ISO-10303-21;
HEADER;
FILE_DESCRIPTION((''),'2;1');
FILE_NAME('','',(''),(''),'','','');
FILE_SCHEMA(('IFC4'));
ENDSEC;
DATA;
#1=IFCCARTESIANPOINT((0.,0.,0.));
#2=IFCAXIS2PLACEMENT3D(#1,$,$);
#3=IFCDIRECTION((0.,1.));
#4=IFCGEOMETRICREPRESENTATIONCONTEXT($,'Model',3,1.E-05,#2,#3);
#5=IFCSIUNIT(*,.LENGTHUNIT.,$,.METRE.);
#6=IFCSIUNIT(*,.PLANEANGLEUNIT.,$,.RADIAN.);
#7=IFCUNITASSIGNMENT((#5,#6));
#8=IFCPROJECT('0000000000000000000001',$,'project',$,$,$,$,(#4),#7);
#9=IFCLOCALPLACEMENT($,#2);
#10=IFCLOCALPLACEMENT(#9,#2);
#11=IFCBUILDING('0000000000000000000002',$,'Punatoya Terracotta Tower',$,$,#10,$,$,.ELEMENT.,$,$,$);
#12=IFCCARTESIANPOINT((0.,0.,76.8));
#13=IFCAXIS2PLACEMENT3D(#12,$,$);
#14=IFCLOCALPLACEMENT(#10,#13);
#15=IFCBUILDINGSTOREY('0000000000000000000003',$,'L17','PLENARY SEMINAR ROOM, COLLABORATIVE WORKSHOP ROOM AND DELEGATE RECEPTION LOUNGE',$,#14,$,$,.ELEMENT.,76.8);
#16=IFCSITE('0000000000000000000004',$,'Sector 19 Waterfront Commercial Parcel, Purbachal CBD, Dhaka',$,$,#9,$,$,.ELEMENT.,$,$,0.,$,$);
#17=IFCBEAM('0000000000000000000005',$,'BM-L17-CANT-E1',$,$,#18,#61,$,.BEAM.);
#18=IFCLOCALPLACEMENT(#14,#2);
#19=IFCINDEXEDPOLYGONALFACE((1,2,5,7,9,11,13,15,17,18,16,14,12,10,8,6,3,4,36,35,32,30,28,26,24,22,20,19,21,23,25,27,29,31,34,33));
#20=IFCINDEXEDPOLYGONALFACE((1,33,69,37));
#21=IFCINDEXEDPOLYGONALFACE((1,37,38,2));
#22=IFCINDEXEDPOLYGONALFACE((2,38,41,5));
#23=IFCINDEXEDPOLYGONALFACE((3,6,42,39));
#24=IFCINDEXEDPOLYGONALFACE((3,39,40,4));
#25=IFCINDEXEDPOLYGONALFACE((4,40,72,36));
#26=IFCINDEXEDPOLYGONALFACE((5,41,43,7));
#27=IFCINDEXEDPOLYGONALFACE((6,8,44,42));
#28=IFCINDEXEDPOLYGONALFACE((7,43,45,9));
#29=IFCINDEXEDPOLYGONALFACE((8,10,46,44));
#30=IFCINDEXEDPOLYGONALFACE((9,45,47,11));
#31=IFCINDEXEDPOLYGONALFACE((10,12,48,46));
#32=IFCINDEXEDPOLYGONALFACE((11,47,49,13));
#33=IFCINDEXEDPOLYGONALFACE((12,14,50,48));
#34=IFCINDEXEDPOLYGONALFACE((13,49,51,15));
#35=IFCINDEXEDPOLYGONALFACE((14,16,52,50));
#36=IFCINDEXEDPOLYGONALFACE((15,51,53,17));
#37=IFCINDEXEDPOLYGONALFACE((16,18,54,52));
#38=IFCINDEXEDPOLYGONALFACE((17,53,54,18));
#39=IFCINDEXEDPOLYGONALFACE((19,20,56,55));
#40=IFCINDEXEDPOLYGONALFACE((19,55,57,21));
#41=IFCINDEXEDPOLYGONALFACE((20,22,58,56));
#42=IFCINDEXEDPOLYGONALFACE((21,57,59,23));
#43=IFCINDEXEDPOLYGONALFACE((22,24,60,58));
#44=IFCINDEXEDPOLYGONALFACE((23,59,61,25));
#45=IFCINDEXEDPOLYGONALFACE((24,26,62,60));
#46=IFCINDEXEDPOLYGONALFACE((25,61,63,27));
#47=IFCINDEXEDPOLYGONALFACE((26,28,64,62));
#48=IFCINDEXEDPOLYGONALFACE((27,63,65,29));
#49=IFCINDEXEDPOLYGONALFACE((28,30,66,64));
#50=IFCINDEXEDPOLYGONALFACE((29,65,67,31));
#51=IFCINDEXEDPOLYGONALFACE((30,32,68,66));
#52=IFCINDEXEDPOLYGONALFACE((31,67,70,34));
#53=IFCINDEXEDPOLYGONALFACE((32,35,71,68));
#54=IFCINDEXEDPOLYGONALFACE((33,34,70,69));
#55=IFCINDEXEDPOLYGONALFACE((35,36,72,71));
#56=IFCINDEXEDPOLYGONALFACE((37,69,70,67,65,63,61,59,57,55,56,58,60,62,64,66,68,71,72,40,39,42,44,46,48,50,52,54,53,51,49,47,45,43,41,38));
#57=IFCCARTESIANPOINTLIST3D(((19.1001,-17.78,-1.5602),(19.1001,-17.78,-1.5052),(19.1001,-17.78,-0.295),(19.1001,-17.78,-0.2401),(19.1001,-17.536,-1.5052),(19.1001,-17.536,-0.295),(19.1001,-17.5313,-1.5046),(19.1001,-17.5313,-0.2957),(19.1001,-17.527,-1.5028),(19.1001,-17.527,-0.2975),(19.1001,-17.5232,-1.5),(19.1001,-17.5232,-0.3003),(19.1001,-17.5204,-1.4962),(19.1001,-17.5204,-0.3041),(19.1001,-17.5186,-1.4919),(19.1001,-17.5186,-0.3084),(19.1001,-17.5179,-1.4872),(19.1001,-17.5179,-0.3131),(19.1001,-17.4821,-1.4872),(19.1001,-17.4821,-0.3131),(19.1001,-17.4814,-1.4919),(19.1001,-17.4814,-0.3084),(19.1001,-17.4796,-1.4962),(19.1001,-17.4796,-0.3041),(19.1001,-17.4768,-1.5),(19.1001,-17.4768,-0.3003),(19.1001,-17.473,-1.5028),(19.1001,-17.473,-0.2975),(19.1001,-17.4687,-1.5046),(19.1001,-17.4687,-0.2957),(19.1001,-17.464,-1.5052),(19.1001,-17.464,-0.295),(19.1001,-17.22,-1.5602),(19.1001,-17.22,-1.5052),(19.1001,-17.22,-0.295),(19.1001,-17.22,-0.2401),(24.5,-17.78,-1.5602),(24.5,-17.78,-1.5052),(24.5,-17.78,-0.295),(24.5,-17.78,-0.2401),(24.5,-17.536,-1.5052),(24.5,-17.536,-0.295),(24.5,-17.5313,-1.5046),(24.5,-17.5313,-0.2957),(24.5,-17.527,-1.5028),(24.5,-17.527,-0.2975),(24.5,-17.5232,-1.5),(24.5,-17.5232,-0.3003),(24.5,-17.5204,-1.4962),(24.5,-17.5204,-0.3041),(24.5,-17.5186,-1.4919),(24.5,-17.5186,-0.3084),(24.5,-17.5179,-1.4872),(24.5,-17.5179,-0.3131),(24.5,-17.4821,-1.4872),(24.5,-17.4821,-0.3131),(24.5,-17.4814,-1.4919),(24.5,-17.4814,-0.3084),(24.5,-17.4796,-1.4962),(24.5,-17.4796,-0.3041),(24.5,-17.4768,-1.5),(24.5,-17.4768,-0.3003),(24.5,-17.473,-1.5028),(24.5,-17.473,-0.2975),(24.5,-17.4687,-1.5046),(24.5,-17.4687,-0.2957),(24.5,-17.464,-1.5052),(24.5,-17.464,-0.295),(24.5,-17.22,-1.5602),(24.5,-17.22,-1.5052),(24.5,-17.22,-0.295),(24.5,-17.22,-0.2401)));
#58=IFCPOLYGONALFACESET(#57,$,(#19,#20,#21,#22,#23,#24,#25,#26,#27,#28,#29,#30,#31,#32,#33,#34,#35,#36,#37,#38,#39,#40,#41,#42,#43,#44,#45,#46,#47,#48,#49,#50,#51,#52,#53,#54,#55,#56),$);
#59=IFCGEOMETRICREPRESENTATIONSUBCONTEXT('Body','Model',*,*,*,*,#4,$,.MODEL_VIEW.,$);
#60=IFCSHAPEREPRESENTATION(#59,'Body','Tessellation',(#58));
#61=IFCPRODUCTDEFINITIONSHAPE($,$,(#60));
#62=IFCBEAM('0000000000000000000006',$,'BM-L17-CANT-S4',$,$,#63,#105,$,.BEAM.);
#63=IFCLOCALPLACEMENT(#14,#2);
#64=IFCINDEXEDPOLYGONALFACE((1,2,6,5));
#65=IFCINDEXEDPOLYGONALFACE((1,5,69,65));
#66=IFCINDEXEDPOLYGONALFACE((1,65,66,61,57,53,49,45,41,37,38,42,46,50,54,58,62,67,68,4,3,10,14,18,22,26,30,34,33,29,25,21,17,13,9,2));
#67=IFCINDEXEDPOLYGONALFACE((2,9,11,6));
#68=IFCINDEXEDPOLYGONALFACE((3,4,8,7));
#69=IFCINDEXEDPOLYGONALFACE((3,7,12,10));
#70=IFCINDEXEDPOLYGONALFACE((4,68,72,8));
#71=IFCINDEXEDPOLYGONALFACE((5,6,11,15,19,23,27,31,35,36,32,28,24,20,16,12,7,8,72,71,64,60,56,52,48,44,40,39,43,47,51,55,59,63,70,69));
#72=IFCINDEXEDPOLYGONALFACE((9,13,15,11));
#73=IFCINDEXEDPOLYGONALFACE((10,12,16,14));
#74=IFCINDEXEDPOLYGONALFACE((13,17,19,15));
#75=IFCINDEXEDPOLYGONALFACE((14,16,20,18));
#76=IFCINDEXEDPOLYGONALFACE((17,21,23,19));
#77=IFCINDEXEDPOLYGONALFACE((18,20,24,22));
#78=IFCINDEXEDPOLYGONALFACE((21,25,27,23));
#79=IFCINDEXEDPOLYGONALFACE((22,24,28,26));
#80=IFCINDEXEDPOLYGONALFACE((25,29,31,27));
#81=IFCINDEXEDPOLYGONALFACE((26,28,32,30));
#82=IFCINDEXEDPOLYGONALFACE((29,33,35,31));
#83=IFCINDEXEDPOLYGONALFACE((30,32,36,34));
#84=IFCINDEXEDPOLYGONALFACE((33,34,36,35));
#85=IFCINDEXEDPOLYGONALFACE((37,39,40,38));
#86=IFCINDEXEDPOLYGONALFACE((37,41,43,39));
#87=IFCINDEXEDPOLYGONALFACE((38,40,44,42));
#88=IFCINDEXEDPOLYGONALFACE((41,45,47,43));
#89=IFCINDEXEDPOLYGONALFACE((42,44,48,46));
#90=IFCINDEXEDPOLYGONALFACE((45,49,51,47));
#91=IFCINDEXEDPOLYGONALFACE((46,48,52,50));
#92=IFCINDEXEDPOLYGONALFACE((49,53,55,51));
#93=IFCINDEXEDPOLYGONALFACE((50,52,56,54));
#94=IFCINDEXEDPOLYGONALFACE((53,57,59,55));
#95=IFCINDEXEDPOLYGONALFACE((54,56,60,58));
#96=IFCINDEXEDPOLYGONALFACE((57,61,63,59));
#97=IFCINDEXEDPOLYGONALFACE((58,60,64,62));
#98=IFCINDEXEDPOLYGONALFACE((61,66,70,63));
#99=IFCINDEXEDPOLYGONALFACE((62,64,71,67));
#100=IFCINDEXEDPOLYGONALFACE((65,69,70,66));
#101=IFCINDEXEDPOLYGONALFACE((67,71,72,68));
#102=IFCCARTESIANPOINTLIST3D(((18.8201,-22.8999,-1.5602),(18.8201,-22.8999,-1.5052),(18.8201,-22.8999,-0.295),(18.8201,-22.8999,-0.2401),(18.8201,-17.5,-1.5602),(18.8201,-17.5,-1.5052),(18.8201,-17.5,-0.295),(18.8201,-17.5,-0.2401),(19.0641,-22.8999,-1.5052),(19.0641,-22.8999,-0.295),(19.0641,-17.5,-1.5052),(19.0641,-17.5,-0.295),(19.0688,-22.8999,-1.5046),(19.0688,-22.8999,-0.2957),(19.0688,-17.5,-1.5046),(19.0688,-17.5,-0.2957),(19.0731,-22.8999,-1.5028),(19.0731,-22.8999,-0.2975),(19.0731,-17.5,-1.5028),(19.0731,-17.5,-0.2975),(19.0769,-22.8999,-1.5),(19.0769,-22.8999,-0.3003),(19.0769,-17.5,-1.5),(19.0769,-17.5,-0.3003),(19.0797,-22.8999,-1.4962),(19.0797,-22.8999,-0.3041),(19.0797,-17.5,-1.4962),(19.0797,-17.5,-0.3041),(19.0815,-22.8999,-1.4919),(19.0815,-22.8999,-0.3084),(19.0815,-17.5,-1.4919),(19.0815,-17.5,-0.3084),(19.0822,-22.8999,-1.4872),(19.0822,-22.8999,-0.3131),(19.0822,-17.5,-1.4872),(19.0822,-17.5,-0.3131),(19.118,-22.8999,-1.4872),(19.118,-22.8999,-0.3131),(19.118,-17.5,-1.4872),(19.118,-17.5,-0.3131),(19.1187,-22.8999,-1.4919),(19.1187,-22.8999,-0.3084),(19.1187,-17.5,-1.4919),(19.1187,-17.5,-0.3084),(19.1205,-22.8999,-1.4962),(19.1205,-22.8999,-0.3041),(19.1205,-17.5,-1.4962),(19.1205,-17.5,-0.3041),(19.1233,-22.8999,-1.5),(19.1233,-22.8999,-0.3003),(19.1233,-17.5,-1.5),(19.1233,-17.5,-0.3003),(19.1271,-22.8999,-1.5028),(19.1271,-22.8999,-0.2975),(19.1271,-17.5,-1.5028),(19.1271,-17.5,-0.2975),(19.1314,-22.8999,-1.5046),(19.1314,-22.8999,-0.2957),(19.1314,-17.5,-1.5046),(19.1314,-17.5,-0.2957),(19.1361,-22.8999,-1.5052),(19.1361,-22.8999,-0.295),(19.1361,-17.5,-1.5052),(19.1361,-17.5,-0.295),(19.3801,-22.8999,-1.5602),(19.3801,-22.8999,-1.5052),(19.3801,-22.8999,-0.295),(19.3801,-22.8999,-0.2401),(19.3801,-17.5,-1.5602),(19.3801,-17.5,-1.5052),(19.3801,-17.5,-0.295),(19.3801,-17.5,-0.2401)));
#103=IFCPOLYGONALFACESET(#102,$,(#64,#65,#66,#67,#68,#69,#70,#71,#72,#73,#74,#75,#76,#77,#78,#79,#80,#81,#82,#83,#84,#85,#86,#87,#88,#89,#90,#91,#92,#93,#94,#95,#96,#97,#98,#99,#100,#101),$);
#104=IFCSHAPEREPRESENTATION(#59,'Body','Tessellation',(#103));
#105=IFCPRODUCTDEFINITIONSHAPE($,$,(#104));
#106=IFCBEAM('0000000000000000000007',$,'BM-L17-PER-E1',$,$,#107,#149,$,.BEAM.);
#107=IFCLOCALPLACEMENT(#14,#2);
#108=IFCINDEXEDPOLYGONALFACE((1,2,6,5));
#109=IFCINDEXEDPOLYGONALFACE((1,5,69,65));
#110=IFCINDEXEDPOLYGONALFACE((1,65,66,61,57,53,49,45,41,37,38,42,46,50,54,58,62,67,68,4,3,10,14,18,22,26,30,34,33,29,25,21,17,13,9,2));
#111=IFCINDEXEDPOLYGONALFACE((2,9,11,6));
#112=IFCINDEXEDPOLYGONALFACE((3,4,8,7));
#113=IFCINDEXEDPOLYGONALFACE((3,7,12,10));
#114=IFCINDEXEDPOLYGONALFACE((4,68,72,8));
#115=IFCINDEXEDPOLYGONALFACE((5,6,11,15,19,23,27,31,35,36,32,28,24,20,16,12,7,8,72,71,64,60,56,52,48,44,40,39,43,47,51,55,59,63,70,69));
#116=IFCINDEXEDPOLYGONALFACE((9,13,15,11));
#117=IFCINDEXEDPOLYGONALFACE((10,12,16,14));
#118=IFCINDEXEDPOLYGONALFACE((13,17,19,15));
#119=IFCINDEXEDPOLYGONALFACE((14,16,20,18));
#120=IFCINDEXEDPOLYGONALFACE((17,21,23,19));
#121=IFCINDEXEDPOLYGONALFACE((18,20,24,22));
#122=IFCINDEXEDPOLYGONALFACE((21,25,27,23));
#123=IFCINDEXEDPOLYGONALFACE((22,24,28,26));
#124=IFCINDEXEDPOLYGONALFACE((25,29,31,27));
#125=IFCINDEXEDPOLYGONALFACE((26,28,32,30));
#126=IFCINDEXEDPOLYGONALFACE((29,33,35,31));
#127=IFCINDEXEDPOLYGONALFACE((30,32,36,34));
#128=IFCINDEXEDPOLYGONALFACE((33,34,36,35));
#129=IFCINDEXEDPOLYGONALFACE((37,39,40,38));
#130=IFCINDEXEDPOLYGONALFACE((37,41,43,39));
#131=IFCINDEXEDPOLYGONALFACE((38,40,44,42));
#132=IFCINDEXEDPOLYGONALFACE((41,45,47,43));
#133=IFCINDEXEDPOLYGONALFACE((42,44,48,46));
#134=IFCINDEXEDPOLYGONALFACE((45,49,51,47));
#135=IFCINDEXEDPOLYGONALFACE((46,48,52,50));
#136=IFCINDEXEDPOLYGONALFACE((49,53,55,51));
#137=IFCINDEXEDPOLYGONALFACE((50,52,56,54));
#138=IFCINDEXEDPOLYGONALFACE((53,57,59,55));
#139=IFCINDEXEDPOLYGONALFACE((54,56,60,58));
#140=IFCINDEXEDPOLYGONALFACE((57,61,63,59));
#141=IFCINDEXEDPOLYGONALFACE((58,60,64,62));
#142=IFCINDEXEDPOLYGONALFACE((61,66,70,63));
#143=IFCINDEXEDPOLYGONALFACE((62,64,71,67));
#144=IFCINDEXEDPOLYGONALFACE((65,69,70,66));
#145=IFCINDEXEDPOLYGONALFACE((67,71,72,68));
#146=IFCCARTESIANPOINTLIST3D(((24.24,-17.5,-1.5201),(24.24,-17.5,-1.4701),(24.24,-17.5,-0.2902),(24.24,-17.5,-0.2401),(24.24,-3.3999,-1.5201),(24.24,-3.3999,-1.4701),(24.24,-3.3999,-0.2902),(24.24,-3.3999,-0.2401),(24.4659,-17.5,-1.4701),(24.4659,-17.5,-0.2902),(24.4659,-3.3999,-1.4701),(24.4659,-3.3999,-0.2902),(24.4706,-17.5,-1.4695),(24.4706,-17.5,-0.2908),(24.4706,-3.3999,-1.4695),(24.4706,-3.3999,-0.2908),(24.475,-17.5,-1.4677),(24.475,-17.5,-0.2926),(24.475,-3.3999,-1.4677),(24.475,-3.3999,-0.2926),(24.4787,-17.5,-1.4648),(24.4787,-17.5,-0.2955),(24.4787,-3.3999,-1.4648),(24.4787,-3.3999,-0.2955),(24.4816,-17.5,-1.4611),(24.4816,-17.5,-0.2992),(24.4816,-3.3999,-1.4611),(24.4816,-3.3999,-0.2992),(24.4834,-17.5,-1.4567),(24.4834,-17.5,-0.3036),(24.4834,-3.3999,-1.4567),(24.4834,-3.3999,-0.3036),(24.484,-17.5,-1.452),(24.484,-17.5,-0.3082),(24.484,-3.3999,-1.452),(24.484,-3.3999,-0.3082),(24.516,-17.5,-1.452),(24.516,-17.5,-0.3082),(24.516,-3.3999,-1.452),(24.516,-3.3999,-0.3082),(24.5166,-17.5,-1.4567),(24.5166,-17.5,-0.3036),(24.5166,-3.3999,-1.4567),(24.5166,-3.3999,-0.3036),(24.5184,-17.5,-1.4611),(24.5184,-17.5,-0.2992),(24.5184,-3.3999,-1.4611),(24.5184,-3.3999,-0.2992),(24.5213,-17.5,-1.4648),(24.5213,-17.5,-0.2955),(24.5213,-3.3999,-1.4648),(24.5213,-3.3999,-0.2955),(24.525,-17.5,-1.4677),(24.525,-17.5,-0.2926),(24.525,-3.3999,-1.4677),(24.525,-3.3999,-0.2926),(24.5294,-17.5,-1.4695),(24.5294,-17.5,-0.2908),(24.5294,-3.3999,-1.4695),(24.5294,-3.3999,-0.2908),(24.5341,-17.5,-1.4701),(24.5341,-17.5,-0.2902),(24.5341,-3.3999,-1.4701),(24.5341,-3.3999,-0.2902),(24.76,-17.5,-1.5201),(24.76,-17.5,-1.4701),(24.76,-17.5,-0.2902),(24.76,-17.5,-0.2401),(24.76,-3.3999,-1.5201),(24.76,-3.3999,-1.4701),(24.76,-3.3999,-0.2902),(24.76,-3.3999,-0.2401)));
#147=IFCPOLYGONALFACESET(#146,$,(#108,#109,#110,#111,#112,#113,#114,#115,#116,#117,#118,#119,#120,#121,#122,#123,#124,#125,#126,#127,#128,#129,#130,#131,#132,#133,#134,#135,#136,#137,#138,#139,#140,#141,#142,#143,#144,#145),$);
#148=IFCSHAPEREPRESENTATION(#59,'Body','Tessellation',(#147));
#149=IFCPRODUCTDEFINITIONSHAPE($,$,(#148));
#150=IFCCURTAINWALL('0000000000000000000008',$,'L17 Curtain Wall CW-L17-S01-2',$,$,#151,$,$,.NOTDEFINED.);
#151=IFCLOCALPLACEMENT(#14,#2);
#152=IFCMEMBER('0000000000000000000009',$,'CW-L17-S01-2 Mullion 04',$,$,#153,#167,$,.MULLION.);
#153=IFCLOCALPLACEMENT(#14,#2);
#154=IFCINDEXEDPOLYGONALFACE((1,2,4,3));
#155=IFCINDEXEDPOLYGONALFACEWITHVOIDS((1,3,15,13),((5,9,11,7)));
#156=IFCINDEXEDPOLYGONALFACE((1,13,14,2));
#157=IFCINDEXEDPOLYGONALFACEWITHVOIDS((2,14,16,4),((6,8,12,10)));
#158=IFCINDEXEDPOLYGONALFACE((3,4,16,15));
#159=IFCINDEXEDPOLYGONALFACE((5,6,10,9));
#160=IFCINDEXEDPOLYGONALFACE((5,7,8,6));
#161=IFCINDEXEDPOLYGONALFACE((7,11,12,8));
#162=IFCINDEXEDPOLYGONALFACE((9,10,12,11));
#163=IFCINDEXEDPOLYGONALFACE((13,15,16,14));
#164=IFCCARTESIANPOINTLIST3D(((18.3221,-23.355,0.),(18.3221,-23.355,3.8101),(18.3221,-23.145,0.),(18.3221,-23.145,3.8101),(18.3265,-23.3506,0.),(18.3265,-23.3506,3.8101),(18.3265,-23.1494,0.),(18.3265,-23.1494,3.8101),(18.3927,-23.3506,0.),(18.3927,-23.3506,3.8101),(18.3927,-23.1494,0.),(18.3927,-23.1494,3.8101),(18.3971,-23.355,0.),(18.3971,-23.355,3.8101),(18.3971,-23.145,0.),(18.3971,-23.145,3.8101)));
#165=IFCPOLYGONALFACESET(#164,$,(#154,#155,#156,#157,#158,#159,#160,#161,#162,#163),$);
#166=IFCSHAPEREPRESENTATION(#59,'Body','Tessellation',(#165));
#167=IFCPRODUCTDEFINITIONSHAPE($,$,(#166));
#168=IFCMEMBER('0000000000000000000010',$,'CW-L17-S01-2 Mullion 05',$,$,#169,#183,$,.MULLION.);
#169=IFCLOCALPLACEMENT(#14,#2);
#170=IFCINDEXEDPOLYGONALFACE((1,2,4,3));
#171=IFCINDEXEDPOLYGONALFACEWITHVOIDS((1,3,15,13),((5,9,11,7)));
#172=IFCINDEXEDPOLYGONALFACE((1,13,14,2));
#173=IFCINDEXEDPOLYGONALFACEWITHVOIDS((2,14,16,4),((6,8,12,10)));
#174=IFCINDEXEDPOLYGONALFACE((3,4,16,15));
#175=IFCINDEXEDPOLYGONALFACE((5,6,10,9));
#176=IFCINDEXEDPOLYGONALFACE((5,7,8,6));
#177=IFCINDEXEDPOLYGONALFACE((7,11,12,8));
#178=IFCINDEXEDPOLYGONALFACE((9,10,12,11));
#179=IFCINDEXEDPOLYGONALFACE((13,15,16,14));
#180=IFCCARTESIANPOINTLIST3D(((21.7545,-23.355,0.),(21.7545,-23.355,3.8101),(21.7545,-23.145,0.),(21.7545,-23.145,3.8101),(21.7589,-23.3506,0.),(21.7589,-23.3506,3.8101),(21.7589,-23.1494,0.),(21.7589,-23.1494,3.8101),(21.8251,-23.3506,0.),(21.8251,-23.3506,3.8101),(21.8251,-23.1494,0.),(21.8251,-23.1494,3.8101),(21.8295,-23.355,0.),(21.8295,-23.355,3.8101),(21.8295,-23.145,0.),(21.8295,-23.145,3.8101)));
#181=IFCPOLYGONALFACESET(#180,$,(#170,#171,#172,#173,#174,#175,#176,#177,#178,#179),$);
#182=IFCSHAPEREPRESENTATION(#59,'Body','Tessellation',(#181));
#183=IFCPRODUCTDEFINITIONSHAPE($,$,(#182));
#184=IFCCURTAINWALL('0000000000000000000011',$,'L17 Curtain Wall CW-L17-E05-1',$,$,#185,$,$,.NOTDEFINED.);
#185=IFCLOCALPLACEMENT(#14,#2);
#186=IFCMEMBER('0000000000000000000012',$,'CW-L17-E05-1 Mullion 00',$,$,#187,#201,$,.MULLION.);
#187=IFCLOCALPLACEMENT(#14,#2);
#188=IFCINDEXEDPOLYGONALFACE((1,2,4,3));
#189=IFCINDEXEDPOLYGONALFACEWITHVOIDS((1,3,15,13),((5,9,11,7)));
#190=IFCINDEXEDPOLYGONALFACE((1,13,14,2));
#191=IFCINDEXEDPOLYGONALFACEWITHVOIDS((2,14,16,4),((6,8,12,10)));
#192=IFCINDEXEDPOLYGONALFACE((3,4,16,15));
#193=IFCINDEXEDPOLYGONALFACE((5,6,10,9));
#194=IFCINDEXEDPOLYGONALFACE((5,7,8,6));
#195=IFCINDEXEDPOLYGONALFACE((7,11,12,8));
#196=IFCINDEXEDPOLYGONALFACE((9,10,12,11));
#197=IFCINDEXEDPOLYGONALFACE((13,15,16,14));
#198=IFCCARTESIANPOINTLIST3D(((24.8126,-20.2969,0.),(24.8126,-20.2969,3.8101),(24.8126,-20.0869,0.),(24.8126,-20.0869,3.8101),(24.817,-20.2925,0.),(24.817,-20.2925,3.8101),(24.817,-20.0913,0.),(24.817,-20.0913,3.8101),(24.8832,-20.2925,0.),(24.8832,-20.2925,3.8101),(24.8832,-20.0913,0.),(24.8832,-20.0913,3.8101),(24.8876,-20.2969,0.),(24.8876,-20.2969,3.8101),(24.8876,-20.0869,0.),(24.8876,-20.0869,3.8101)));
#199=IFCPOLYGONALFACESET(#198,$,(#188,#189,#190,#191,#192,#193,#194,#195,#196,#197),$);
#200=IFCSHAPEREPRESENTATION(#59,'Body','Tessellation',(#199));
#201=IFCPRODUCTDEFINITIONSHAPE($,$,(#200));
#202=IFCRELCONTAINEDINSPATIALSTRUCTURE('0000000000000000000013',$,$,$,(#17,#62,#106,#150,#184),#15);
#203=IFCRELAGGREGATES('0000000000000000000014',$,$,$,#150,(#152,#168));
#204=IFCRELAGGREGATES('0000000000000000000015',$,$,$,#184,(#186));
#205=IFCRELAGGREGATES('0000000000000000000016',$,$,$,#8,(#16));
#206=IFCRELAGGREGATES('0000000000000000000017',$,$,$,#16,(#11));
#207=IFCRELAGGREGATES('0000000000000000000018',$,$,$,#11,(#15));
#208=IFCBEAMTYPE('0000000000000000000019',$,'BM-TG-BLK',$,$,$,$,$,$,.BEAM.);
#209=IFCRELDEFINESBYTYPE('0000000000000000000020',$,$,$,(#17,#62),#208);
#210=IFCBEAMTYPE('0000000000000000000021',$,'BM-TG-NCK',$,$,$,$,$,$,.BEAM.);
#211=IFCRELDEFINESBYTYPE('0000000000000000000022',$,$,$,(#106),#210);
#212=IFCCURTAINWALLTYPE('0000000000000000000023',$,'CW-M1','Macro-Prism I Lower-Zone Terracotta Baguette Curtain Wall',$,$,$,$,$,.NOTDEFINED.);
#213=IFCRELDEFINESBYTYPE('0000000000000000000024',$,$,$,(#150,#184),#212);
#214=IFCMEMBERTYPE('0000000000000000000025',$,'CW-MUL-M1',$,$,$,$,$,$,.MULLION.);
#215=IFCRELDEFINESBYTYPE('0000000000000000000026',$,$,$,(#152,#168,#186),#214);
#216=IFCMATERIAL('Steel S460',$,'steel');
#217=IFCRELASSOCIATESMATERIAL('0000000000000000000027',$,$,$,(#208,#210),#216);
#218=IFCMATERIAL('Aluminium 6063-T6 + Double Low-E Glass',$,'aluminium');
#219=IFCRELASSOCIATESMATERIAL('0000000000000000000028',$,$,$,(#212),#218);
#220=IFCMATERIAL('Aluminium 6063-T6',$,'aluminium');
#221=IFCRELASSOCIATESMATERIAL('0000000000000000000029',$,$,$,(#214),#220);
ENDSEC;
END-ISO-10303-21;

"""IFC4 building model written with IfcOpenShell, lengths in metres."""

from ifc_helpers import new_model, si_unit, direction, frame, origin, origin_2d, place, context, subcontext, project, spatial, hollow_rectangle, i_section, extrude, material, material_profile, profile_set, type_object, element, aggregate, save


model = new_model("IFC4")

# Units and contexts
model_context = context("Model", 3, precision=1e-05, world=origin(), true_north=direction((0.0, 1.0)))
body_context = subcontext(model_context, "Body", "Model", "MODEL_VIEW")
ifc_project = project(units=[si_unit("LENGTHUNIT", "METRE"), si_unit("PLANEANGLEUNIT", "RADIAN")], contexts=[model_context])

# Site, building, storey
site_placement = place(None, origin())
site = spatial("IfcSite", under=ifc_project, at=site_placement, Name="Sector 19 Waterfront Commercial Parcel, Purbachal CBD, Dhaka", CompositionType="ELEMENT", RefElevation=0.0)
building_placement = place(site_placement, origin())
building = spatial("IfcBuilding", under=site, at=building_placement, Name="Punatoya Terracotta Tower", CompositionType="ELEMENT")
storey_placement = place(building_placement, frame((0.0, 0.0, 76.8)))
storey = spatial("IfcBuildingStorey", under=building, at=storey_placement, Name="L17", Description="PLENARY SEMINAR ROOM, COLLABORATIVE WORKSHOP ROOM AND DELEGATE RECEPTION LOUNGE", CompositionType="ELEMENT", Elevation=76.8)

# Shared definitions
ifc_material_1 = material(Name="Steel S460", Category="steel")

# Beams
ifc_material_profile_1 = material_profile(ifc_material_1, i_section(OverallWidth=0.5601, OverallDepth=1.3201, WebThickness=0.0359, FlangeThickness=0.0549, FilletRadius=0.0181, at=origin_2d()))
ifc_profile_set_1 = profile_set([ifc_material_profile_1], Name="Steel S460")
beam_type_1 = type_object("IfcBeamType", Name="BM-TG-BLK", PredefinedType="BEAM", material=ifc_profile_set_1)
for number, where, z_axis, x_axis, name in (
    (1, (19.1001, -17.5, -0.9001), (1.0, 0.0, 0.0), (0.0, 1.0, 0.0), "BM-L17-CANT-E1"),
    (2, (19.1001, -22.8999, -0.9001), (0.0, 1.0, 0.0), (-1.0, 0.0, 0.0), "BM-L17-CANT-S4"),
):
    element("IfcBeam", number, at=place(storey_placement, frame(where, z_axis=z_axis, x_axis=x_axis)), inside=storey, type_object=beam_type_1, Name=name, PredefinedType="BEAM", context=body_context, shape_type="SweptSolid", body=[
        extrude(i_section(OverallWidth=0.5601, OverallDepth=1.3201, WebThickness=0.0359, FlangeThickness=0.0549, FilletRadius=0.0181, at=origin_2d()), origin(), (0.0, 0.0, 1.0), 5.3999),
    ])
ifc_material_profile_2 = material_profile(ifc_material_1, i_section(OverallWidth=0.52, OverallDepth=1.28, WebThickness=0.032, FlangeThickness=0.05, FilletRadius=0.0181, at=origin_2d()))
ifc_profile_set_2 = profile_set([ifc_material_profile_2], Name="Steel S460")
beam_type_2 = type_object("IfcBeamType", Name="BM-TG-NCK", PredefinedType="BEAM", material=ifc_profile_set_2)
beam_1_placement = place(storey_placement, frame((24.5, -17.5, -0.8801), z_axis=(0.0, 1.0, 0.0), x_axis=(-1.0, 0.0, 0.0)))
element("IfcBeam", 3, at=beam_1_placement, inside=storey, type_object=beam_type_2, Name="BM-L17-PER-E1", PredefinedType="BEAM", context=body_context, shape_type="SweptSolid", body=[
    extrude(i_section(OverallWidth=0.52, OverallDepth=1.28, WebThickness=0.032, FlangeThickness=0.05, FilletRadius=0.0181, at=origin_2d()), origin(), (0.0, 0.0, 1.0), 14.1001),
])

# Curtain walls, members
ifc_material_2 = material(Name="Aluminium 6063-T6 + Double Low-E Glass", Category="aluminium")
curtain_wall_type = type_object("IfcCurtainWallType", Name="CW-M1", Description="Macro-Prism I Lower-Zone Terracotta Baguette Curtain Wall", PredefinedType="NOTDEFINED", material=ifc_material_2)
curtain_wall_1_placement = place(storey_placement, origin())
curtain_wall_1 = element("IfcCurtainWall", 4, at=curtain_wall_1_placement, inside=storey, type_object=curtain_wall_type, Name="L17 Curtain Wall CW-L17-S01-2", PredefinedType="NOTDEFINED")
ifc_material_3 = material(Name="Aluminium 6063-T6", Category="aluminium")
ifc_material_profile_3 = material_profile(ifc_material_3, hollow_rectangle(XDim=0.075, YDim=0.21, WallThickness=0.0044, at=origin_2d()))
ifc_profile_set_3 = profile_set([ifc_material_profile_3], Name="Aluminium 6063-T6")
member_type_1 = type_object("IfcMemberType", Name="CW-MUL-M1", PredefinedType="MULLION", material=ifc_profile_set_3)
member_1_placement = place(storey_placement, frame((18.3596, -23.25, 0.0), z_axis=(0.0, 0.0, 1.0), x_axis=(1.0, 0.0, 0.0)))
member_1 = element("IfcMember", 5, at=member_1_placement, type_object=member_type_1, Name="CW-L17-S01-2 Mullion 04", PredefinedType="MULLION", context=body_context, shape_type="SweptSolid", body=[
    extrude(hollow_rectangle(XDim=0.075, YDim=0.21, WallThickness=0.0044, at=origin_2d()), origin(), (0.0, 0.0, 1.0), 3.8101),
])
member_2_placement = place(storey_placement, frame((21.792, -23.25, 0.0), z_axis=(0.0, 0.0, 1.0), x_axis=(1.0, 0.0, 0.0)))
member_2 = element("IfcMember", 6, at=member_2_placement, type_object=member_type_1, Name="CW-L17-S01-2 Mullion 05", PredefinedType="MULLION", context=body_context, shape_type="SweptSolid", body=[
    extrude(hollow_rectangle(XDim=0.075, YDim=0.21, WallThickness=0.0044, at=origin_2d()), origin(), (0.0, 0.0, 1.0), 3.8101),
])
curtain_wall_2_placement = place(storey_placement, origin())
curtain_wall_2 = element("IfcCurtainWall", 7, at=curtain_wall_2_placement, inside=storey, type_object=curtain_wall_type, Name="L17 Curtain Wall CW-L17-E05-1", PredefinedType="NOTDEFINED")
member_3_placement = place(storey_placement, frame((24.8501, -20.1919, 0.0), z_axis=(0.0, 0.0, 1.0), x_axis=(1.0, 0.0, 0.0)))
member_3 = element("IfcMember", 8, at=member_3_placement, type_object=member_type_1, Name="CW-L17-E05-1 Mullion 00", PredefinedType="MULLION", context=body_context, shape_type="SweptSolid", body=[
    extrude(hollow_rectangle(XDim=0.075, YDim=0.21, WallThickness=0.0044, at=origin_2d()), origin(), (0.0, 0.0, 1.0), 3.8101),
])

aggregate(curtain_wall_1, [member_1, member_2])
aggregate(curtain_wall_2, [member_3])

save(model, "model.ifc")
